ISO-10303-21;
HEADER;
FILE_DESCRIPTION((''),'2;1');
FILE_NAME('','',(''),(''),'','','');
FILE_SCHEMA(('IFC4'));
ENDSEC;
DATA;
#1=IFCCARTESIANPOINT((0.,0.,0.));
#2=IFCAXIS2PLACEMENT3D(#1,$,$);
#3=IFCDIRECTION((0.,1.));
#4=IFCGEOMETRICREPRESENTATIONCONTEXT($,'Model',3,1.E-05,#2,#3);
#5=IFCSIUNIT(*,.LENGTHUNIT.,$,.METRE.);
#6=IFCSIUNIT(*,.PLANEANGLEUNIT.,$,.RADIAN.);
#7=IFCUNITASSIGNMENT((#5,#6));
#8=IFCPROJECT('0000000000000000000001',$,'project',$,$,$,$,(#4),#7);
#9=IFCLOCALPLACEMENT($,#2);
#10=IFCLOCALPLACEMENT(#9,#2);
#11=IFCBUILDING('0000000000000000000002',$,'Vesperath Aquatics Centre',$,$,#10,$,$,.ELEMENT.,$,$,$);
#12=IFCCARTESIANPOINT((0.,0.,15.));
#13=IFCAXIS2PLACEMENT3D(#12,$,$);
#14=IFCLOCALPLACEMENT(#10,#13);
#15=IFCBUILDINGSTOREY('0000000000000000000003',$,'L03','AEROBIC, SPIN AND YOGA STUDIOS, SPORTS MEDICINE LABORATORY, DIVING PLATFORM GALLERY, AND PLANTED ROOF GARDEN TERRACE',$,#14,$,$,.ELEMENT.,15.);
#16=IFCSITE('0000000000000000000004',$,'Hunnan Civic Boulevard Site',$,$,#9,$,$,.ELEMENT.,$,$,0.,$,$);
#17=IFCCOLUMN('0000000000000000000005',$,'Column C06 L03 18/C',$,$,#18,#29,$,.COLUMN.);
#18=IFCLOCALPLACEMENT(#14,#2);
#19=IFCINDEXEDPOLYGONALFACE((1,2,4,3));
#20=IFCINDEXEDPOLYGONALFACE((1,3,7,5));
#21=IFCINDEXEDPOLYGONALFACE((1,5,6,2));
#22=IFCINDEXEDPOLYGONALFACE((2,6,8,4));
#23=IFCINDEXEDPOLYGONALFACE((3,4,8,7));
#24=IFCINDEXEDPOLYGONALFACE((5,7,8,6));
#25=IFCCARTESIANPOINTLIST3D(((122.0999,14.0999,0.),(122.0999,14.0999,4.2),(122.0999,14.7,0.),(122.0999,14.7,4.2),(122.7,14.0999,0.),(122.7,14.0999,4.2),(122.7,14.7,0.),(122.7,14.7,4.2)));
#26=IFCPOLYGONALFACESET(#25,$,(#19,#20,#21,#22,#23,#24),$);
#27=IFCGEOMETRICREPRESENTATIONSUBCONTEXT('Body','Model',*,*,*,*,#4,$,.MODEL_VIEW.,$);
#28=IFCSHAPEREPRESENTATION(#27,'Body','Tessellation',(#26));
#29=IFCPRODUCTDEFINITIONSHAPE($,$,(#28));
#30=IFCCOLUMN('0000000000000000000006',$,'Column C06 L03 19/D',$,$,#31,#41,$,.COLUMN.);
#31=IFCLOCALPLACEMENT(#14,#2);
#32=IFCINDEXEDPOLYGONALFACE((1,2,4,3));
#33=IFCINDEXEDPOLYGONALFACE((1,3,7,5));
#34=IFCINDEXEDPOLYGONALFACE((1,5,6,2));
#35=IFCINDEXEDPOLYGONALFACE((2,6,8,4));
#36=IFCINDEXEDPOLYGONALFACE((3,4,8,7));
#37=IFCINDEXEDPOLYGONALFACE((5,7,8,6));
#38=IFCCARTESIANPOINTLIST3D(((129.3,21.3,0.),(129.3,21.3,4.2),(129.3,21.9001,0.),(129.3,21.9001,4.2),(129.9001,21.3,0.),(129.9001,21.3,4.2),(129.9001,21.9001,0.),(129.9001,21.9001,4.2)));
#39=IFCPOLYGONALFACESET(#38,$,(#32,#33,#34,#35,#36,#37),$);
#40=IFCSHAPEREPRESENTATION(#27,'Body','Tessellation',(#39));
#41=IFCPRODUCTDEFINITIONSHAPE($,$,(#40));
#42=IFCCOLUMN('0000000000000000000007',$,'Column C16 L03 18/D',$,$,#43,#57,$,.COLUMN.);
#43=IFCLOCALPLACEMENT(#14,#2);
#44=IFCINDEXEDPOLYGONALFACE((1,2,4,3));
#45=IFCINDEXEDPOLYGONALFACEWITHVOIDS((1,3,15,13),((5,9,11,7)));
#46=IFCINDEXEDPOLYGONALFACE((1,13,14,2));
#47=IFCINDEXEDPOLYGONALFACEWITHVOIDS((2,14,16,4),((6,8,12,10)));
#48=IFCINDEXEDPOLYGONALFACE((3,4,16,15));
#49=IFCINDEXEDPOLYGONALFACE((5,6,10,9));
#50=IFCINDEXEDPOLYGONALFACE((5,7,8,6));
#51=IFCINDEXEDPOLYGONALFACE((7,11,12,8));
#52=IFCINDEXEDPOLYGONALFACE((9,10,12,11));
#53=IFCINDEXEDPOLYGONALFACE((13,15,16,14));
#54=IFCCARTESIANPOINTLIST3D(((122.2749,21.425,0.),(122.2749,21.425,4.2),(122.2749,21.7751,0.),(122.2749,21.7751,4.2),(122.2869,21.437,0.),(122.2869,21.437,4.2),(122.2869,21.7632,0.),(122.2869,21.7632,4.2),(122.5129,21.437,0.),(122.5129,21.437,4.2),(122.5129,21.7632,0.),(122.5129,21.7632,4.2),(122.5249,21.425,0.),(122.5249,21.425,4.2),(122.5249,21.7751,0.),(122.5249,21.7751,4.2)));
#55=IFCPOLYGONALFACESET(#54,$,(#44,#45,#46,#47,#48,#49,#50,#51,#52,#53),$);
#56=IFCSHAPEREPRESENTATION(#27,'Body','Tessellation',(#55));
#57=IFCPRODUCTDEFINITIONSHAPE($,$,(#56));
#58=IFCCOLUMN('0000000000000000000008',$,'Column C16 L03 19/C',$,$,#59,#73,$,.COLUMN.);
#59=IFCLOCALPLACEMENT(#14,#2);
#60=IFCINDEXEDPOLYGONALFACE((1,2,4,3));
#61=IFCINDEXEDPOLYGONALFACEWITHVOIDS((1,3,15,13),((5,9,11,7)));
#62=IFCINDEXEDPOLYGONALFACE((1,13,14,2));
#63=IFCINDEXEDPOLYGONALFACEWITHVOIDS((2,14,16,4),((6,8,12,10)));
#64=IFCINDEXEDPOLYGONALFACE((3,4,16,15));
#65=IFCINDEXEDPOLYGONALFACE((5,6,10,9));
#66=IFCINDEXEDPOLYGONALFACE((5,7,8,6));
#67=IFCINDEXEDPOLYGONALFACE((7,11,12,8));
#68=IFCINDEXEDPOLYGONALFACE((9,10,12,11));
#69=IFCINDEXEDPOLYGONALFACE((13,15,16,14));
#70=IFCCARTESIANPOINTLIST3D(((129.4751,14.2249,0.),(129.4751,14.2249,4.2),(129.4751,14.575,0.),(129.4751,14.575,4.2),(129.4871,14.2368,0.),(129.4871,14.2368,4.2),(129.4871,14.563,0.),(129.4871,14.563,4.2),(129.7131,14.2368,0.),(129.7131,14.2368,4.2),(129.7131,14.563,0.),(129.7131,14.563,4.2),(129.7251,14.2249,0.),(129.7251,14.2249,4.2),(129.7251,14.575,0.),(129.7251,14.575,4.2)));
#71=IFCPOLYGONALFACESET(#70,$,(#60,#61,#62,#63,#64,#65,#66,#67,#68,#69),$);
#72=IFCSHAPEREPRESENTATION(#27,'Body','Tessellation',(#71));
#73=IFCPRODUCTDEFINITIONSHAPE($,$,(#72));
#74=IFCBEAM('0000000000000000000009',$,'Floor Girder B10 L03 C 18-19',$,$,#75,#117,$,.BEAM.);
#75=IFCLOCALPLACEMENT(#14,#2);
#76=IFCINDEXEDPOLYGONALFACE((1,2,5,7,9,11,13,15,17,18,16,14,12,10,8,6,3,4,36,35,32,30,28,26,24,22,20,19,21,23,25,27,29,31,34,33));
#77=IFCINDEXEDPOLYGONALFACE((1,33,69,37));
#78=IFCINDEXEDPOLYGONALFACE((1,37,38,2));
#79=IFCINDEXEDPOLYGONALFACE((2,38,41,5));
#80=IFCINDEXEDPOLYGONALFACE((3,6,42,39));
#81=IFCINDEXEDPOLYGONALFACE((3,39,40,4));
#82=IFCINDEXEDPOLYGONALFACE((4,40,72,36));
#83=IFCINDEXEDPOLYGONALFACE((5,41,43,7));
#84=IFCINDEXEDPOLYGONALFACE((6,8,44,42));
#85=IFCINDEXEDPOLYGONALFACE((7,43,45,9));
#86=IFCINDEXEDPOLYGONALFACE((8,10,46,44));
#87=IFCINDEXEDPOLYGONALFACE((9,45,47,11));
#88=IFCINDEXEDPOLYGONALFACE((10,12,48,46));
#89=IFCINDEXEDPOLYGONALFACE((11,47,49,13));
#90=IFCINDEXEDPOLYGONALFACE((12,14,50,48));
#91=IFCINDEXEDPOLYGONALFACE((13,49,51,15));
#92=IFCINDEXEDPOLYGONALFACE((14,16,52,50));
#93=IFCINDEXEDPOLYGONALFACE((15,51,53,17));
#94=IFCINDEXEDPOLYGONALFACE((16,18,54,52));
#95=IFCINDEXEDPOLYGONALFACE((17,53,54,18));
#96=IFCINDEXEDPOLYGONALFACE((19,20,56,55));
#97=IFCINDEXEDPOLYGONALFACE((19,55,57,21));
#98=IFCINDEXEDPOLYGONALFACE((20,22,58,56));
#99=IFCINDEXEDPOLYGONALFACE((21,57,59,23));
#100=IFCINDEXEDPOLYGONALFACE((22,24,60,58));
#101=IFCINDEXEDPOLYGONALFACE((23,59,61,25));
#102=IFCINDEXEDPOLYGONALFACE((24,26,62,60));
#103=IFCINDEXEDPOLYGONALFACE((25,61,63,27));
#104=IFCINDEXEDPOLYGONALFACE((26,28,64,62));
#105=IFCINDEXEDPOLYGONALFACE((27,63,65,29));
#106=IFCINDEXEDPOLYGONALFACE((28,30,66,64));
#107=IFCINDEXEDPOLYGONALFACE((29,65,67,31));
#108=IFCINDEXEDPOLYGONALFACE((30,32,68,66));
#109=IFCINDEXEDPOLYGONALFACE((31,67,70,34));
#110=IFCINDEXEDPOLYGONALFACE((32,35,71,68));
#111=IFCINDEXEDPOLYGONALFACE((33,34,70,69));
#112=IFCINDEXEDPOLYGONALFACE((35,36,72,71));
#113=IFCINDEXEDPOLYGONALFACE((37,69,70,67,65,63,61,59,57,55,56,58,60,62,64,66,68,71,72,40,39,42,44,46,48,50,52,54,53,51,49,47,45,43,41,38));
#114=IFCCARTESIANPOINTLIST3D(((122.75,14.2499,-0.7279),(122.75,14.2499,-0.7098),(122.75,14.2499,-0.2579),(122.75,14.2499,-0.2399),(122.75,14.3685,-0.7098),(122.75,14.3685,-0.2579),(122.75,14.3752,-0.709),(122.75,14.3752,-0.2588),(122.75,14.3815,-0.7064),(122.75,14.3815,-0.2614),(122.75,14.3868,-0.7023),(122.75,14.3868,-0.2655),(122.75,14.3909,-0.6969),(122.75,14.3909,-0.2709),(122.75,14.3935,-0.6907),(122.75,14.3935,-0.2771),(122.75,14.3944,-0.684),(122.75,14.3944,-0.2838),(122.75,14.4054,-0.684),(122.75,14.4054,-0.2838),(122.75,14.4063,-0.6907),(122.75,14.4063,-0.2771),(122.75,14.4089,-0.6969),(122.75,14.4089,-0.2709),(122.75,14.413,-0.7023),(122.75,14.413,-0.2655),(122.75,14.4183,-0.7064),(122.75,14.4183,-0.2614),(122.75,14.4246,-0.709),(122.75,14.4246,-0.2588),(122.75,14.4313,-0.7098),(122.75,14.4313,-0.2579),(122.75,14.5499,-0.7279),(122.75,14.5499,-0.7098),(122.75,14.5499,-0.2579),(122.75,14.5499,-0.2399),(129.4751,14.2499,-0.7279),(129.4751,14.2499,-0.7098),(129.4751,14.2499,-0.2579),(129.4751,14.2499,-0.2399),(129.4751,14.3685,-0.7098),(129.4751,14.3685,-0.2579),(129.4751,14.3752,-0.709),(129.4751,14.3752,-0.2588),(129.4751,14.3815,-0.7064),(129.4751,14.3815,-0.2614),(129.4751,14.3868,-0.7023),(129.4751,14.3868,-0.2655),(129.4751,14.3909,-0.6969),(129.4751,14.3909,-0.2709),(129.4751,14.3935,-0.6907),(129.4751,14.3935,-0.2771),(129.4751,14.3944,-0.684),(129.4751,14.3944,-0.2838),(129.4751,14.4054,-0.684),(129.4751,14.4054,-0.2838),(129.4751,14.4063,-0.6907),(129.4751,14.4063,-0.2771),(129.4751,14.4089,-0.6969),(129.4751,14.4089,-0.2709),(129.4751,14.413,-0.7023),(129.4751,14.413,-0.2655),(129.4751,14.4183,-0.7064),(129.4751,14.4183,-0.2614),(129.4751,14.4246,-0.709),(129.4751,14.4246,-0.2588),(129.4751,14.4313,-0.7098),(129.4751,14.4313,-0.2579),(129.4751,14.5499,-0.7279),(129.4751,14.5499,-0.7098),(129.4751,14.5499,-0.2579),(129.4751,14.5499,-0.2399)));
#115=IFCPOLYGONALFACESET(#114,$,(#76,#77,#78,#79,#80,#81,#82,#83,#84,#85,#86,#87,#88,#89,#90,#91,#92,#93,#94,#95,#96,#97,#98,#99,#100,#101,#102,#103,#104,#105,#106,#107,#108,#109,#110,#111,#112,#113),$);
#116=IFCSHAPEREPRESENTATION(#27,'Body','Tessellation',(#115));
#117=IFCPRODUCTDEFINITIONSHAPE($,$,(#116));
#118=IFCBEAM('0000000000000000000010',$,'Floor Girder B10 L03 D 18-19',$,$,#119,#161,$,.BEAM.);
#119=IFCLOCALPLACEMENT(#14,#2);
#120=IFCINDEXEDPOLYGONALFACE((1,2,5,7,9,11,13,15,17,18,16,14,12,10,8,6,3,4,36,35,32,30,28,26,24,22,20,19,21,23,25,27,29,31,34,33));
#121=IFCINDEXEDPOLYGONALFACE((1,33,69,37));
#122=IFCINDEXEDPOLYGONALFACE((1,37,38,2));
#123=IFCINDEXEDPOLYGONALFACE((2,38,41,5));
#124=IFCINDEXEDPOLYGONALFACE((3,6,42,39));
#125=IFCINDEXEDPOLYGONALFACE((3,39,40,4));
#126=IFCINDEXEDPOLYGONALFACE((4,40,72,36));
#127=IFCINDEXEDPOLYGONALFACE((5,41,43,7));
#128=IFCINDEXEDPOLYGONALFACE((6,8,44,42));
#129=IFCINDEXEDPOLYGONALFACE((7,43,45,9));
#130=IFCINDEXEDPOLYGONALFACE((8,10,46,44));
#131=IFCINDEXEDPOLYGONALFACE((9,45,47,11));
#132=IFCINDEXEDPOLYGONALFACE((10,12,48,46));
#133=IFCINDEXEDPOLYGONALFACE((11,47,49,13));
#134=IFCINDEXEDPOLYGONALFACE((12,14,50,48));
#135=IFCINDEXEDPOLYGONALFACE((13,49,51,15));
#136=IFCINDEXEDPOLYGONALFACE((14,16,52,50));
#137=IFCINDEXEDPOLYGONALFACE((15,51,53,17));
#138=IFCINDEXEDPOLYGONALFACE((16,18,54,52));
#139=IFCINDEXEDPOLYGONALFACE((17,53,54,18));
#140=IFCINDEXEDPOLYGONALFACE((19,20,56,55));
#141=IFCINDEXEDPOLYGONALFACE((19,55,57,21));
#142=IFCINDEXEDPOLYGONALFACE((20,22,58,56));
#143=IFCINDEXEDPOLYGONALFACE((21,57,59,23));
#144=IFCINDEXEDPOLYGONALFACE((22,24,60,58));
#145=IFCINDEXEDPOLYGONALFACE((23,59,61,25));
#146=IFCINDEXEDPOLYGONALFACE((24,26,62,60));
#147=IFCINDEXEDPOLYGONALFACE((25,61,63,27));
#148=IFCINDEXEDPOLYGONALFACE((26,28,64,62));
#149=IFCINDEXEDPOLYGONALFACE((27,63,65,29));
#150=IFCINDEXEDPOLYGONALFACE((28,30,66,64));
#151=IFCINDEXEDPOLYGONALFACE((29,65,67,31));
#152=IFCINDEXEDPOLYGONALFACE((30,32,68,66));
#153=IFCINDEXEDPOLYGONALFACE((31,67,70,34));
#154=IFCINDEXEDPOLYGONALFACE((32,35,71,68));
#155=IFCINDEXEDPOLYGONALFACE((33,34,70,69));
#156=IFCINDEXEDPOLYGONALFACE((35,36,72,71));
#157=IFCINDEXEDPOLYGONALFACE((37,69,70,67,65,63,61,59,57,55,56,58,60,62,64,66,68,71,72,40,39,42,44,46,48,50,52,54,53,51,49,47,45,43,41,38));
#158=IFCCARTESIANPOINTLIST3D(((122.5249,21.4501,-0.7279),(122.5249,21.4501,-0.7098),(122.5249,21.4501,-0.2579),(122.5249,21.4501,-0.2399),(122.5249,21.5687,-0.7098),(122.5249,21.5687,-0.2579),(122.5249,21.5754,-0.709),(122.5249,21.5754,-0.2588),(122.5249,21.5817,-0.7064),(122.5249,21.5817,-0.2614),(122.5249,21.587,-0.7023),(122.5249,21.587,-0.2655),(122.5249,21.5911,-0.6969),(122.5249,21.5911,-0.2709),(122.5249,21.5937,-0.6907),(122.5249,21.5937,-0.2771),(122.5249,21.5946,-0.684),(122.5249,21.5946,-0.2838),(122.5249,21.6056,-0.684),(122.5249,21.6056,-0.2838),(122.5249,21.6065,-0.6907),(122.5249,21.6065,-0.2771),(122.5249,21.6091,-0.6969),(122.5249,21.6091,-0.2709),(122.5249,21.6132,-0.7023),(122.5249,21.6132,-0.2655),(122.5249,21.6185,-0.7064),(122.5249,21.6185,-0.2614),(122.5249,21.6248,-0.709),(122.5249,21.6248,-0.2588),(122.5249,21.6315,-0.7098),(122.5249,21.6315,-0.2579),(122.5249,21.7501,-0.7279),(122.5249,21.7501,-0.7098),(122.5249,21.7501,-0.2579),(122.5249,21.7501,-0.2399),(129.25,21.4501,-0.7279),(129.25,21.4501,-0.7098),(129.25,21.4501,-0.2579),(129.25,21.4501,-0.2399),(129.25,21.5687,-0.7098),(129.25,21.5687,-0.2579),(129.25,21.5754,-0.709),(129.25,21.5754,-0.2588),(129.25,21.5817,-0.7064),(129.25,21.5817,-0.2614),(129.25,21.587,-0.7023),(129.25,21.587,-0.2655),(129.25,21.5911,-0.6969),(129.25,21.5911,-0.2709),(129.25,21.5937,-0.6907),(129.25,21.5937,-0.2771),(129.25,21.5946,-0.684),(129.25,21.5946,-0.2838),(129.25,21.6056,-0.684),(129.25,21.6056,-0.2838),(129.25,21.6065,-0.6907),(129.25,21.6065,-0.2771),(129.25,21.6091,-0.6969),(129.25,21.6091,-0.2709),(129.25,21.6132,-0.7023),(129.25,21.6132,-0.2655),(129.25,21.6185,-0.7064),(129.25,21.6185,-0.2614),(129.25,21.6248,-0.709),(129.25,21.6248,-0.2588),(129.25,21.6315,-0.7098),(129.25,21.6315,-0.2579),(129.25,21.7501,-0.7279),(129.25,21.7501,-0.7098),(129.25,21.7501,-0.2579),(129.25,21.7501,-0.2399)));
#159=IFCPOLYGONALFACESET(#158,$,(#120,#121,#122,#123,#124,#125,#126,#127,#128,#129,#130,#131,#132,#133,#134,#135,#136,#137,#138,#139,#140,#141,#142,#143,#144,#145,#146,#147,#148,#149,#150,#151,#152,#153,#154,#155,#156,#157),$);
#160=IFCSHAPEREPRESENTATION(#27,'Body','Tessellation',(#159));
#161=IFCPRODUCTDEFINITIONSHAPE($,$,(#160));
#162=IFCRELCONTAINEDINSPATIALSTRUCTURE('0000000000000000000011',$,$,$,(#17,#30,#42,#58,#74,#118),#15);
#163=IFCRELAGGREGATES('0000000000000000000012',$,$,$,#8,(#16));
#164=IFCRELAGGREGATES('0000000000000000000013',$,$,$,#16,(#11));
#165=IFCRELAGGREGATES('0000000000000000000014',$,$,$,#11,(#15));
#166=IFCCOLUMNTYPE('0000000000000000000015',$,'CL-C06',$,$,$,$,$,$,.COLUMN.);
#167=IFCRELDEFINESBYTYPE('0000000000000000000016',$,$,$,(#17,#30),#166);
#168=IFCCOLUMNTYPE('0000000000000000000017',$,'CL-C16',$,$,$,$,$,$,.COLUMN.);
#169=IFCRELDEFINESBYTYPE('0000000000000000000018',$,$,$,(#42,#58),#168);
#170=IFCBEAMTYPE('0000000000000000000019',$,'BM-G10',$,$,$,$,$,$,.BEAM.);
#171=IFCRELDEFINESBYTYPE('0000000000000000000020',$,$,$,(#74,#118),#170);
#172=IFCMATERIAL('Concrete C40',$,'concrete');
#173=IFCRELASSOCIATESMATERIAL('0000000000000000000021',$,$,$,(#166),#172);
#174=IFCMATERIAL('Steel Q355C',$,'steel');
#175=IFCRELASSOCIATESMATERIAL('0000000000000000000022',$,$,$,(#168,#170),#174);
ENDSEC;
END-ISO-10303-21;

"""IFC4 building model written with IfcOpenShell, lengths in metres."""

from ifc_helpers import new_model, si_unit, direction, frame, origin, origin_2d, place, context, subcontext, project, spatial, rectangle, hollow_rectangle, i_section, extrude, material, material_profile, profile_set, type_object, element, save


model = new_model("IFC4")

# Units and contexts
model_context = context("Model", 3, precision=1e-05, world=origin(), true_north=direction((0.0, 1.0)))
body_context = subcontext(model_context, "Body", "Model", "MODEL_VIEW")
ifc_project = project(units=[si_unit("LENGTHUNIT", "METRE"), si_unit("PLANEANGLEUNIT", "RADIAN")], contexts=[model_context])

# Site, building, storey
site_placement = place(None, origin())
site = spatial("IfcSite", under=ifc_project, at=site_placement, Name="Hunnan Civic Boulevard Site", CompositionType="ELEMENT", RefElevation=0.0)
building_placement = place(site_placement, origin())
building = spatial("IfcBuilding", under=site, at=building_placement, Name="Vesperath Aquatics Centre", CompositionType="ELEMENT")
storey_placement = place(building_placement, frame((0.0, 0.0, 15.0)))
storey = spatial("IfcBuildingStorey", under=building, at=storey_placement, Name="L03", Description="AEROBIC, SPIN AND YOGA STUDIOS, SPORTS MEDICINE LABORATORY, DIVING PLATFORM GALLERY, AND PLANTED ROOF GARDEN TERRACE", CompositionType="ELEMENT", Elevation=15.0)

# Columns
ifc_material_1 = material(Name="Concrete C40", Category="concrete")
ifc_material_profile_1 = material_profile(ifc_material_1, rectangle(XDim=0.6001, YDim=0.6001, at=origin_2d()), Name="RC 600x600")
ifc_profile_set_1 = profile_set([ifc_material_profile_1], Name="Concrete C40")
column_type_1 = type_object("IfcColumnType", Name="CL-C06", PredefinedType="COLUMN", material=ifc_profile_set_1)
for number, where, z_axis, x_axis, name in (
    (1, (122.3999, 14.3999, 0.0), (0.0, 0.0, 1.0), (1.0, 0.0, 0.0), "Column C06 L03 18/C"),
    (2, (129.6001, 21.6001, 0.0), (0.0, 0.0, 1.0), (1.0, 0.0, 0.0), "Column C06 L03 19/D"),
):
    element("IfcColumn", number, at=place(storey_placement, frame(where, z_axis=z_axis, x_axis=x_axis)), inside=storey, type_object=column_type_1, Name=name, PredefinedType="COLUMN", context=body_context, shape_type="SweptSolid", body=[
        extrude(rectangle(XDim=0.6001, YDim=0.6001, at=origin_2d()), origin(), (0.0, 0.0, 1.0), 4.2),
    ])
ifc_material_2 = material(Name="Steel Q355C", Category="steel")
ifc_material_profile_2 = material_profile(ifc_material_2, hollow_rectangle(XDim=0.25, YDim=0.3501, WallThickness=0.012, at=origin_2d()), Name="RHS 350x250x12")
ifc_profile_set_2 = profile_set([ifc_material_profile_2], Name="Steel Q355C")
column_type_2 = type_object("IfcColumnType", Name="CL-C16", PredefinedType="COLUMN", material=ifc_profile_set_2)
for number, where, z_axis, x_axis, name in (
    (3, (122.3999, 21.6001, 0.0), (0.0, 0.0, 1.0), (1.0, 0.0, 0.0), "Column C16 L03 18/D"),
    (4, (129.6001, 14.3999, 0.0), (0.0, 0.0, 1.0), (1.0, 0.0, 0.0), "Column C16 L03 19/C"),
):
    element("IfcColumn", number, at=place(storey_placement, frame(where, z_axis=z_axis, x_axis=x_axis)), inside=storey, type_object=column_type_2, Name=name, PredefinedType="COLUMN", context=body_context, shape_type="SweptSolid", body=[
        extrude(hollow_rectangle(XDim=0.25, YDim=0.3501, WallThickness=0.012, at=origin_2d()), origin(), (0.0, 0.0, 1.0), 4.2),
    ])

# Beams
ifc_material_profile_3 = material_profile(ifc_material_2, i_section(OverallWidth=0.3, OverallDepth=0.488, WebThickness=0.011, FlangeThickness=0.0181, FilletRadius=0.0259, at=origin_2d()), Name="HM 488x300x11x18")
ifc_profile_set_3 = profile_set([ifc_material_profile_3], Name="Steel Q355C")
beam_type_1 = type_object("IfcBeamType", Name="BM-G10", PredefinedType="BEAM", material=ifc_profile_set_3)
for number, where, z_axis, x_axis, name in (
    (5, (122.75, 14.3999, -0.4839), (1.0, 0.0, 0.0), (0.0, 1.0, 0.0), "Floor Girder B10 L03 C 18-19"),
    (6, (122.5249, 21.6001, -0.4839), (1.0, 0.0, 0.0), (0.0, 1.0, 0.0), "Floor Girder B10 L03 D 18-19"),
):
    element("IfcBeam", number, at=place(storey_placement, frame(where, z_axis=z_axis, x_axis=x_axis)), inside=storey, type_object=beam_type_1, Name=name, PredefinedType="BEAM", context=body_context, shape_type="SweptSolid", body=[
        extrude(i_section(OverallWidth=0.3, OverallDepth=0.488, WebThickness=0.011, FlangeThickness=0.0181, FilletRadius=0.0259, at=origin_2d()), origin(), (0.0, 0.0, 1.0), 6.7251),
    ])

save(model, "model.ifc")
